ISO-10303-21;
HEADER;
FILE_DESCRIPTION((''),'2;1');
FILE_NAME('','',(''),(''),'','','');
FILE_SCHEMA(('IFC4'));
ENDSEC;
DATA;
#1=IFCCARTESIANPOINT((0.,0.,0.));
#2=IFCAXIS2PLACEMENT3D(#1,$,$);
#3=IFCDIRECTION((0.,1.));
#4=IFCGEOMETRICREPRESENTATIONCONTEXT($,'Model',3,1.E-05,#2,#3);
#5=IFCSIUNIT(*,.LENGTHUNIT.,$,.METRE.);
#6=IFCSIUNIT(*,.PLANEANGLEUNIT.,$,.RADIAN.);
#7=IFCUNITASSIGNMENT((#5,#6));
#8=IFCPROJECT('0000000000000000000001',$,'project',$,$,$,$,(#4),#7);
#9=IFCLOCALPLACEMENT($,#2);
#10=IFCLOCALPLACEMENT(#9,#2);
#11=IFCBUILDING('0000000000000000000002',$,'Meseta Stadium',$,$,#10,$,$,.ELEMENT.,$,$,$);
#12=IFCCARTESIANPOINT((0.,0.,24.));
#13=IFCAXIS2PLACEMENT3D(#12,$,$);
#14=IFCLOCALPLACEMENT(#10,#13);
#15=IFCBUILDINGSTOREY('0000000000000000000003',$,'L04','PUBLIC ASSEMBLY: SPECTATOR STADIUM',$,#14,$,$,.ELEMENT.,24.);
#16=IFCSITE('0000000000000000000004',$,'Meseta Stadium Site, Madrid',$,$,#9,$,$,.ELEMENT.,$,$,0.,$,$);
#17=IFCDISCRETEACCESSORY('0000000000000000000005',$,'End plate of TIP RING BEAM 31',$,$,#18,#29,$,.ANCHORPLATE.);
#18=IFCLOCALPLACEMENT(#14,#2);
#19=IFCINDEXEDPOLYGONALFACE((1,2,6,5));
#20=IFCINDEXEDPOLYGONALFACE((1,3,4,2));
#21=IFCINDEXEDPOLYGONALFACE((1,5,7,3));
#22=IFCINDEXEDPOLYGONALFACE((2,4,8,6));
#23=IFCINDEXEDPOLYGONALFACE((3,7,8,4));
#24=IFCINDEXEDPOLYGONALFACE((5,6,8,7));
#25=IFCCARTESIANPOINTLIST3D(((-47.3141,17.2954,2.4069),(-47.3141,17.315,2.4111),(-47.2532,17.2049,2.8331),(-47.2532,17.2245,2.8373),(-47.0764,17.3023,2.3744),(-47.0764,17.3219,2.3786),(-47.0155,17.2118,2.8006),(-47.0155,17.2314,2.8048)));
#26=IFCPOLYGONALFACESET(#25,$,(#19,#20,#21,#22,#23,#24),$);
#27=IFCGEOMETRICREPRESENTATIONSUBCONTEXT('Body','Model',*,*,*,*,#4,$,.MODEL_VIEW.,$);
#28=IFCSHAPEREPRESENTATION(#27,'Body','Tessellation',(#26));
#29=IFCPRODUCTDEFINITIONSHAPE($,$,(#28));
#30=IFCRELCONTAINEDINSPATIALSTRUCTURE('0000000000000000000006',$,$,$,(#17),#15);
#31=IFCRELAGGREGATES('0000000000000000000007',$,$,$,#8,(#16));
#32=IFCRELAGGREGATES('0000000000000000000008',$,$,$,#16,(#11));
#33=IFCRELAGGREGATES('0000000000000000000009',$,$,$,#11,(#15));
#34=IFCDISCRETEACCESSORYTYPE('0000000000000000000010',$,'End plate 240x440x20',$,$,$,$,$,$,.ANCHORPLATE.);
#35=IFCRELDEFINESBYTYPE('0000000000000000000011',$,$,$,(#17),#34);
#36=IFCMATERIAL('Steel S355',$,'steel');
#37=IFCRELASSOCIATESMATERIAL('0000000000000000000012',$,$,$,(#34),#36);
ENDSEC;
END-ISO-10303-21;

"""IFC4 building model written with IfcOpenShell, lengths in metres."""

from ifc_helpers import new_model, si_unit, direction, frame, origin, origin_2d, place, context, subcontext, project, spatial, rectangle, extrude, material, material_profile, profile_set, type_object, element, save


model = new_model("IFC4")

# Units and contexts
model_context = context("Model", 3, precision=1e-05, world=origin(), true_north=direction((0.0, 1.0)))
body_context = subcontext(model_context, "Body", "Model", "MODEL_VIEW")
ifc_project = project(units=[si_unit("LENGTHUNIT", "METRE"), si_unit("PLANEANGLEUNIT", "RADIAN")], contexts=[model_context])

# Site, building, storey
site_placement = place(None, origin())
site = spatial("IfcSite", under=ifc_project, at=site_placement, Name="Meseta Stadium Site, Madrid", CompositionType="ELEMENT", RefElevation=0.0)
building_placement = place(site_placement, origin())
building = spatial("IfcBuilding", under=site, at=building_placement, Name="Meseta Stadium", CompositionType="ELEMENT")
storey_placement = place(building_placement, frame((0.0, 0.0, 24.0)))
storey = spatial("IfcBuildingStorey", under=building, at=storey_placement, Name="L04", Description="PUBLIC ASSEMBLY: SPECTATOR STADIUM", CompositionType="ELEMENT", Elevation=24.0)

# Discrete accessory
ifc_material_1 = material(Name="Steel S355", Category="steel")
ifc_material_profile_1 = material_profile(ifc_material_1, rectangle(XDim=0.24, YDim=0.4399, at=origin_2d()), Name="PL 240x440")
ifc_profile_set_1 = profile_set([ifc_material_profile_1], Name="Steel S355")
discrete_accessory_type_1 = type_object("IfcDiscreteAccessoryType", Name="End plate 240x440x20", PredefinedType="ANCHORPLATE", material=ifc_profile_set_1)
for number, where, z_axis, x_axis, name in (
    (1, (-47.1648, 17.2732, 2.6079), (0.0, -0.978159, -0.207859), (0.990374, 0.028771, -0.135395), "End plate of TIP RING BEAM 31"),
):
    element("IfcDiscreteAccessory", number, at=place(storey_placement, frame(where, z_axis=z_axis, x_axis=x_axis)), inside=storey, type_object=discrete_accessory_type_1, Name=name, PredefinedType="ANCHORPLATE", context=body_context, shape_type="SweptSolid", body=[
        extrude(rectangle(XDim=0.24, YDim=0.4399, at=origin_2d()), origin(), (0.0, 0.0, 1.0), 0.02),
    ])

save(model, "model.ifc")
